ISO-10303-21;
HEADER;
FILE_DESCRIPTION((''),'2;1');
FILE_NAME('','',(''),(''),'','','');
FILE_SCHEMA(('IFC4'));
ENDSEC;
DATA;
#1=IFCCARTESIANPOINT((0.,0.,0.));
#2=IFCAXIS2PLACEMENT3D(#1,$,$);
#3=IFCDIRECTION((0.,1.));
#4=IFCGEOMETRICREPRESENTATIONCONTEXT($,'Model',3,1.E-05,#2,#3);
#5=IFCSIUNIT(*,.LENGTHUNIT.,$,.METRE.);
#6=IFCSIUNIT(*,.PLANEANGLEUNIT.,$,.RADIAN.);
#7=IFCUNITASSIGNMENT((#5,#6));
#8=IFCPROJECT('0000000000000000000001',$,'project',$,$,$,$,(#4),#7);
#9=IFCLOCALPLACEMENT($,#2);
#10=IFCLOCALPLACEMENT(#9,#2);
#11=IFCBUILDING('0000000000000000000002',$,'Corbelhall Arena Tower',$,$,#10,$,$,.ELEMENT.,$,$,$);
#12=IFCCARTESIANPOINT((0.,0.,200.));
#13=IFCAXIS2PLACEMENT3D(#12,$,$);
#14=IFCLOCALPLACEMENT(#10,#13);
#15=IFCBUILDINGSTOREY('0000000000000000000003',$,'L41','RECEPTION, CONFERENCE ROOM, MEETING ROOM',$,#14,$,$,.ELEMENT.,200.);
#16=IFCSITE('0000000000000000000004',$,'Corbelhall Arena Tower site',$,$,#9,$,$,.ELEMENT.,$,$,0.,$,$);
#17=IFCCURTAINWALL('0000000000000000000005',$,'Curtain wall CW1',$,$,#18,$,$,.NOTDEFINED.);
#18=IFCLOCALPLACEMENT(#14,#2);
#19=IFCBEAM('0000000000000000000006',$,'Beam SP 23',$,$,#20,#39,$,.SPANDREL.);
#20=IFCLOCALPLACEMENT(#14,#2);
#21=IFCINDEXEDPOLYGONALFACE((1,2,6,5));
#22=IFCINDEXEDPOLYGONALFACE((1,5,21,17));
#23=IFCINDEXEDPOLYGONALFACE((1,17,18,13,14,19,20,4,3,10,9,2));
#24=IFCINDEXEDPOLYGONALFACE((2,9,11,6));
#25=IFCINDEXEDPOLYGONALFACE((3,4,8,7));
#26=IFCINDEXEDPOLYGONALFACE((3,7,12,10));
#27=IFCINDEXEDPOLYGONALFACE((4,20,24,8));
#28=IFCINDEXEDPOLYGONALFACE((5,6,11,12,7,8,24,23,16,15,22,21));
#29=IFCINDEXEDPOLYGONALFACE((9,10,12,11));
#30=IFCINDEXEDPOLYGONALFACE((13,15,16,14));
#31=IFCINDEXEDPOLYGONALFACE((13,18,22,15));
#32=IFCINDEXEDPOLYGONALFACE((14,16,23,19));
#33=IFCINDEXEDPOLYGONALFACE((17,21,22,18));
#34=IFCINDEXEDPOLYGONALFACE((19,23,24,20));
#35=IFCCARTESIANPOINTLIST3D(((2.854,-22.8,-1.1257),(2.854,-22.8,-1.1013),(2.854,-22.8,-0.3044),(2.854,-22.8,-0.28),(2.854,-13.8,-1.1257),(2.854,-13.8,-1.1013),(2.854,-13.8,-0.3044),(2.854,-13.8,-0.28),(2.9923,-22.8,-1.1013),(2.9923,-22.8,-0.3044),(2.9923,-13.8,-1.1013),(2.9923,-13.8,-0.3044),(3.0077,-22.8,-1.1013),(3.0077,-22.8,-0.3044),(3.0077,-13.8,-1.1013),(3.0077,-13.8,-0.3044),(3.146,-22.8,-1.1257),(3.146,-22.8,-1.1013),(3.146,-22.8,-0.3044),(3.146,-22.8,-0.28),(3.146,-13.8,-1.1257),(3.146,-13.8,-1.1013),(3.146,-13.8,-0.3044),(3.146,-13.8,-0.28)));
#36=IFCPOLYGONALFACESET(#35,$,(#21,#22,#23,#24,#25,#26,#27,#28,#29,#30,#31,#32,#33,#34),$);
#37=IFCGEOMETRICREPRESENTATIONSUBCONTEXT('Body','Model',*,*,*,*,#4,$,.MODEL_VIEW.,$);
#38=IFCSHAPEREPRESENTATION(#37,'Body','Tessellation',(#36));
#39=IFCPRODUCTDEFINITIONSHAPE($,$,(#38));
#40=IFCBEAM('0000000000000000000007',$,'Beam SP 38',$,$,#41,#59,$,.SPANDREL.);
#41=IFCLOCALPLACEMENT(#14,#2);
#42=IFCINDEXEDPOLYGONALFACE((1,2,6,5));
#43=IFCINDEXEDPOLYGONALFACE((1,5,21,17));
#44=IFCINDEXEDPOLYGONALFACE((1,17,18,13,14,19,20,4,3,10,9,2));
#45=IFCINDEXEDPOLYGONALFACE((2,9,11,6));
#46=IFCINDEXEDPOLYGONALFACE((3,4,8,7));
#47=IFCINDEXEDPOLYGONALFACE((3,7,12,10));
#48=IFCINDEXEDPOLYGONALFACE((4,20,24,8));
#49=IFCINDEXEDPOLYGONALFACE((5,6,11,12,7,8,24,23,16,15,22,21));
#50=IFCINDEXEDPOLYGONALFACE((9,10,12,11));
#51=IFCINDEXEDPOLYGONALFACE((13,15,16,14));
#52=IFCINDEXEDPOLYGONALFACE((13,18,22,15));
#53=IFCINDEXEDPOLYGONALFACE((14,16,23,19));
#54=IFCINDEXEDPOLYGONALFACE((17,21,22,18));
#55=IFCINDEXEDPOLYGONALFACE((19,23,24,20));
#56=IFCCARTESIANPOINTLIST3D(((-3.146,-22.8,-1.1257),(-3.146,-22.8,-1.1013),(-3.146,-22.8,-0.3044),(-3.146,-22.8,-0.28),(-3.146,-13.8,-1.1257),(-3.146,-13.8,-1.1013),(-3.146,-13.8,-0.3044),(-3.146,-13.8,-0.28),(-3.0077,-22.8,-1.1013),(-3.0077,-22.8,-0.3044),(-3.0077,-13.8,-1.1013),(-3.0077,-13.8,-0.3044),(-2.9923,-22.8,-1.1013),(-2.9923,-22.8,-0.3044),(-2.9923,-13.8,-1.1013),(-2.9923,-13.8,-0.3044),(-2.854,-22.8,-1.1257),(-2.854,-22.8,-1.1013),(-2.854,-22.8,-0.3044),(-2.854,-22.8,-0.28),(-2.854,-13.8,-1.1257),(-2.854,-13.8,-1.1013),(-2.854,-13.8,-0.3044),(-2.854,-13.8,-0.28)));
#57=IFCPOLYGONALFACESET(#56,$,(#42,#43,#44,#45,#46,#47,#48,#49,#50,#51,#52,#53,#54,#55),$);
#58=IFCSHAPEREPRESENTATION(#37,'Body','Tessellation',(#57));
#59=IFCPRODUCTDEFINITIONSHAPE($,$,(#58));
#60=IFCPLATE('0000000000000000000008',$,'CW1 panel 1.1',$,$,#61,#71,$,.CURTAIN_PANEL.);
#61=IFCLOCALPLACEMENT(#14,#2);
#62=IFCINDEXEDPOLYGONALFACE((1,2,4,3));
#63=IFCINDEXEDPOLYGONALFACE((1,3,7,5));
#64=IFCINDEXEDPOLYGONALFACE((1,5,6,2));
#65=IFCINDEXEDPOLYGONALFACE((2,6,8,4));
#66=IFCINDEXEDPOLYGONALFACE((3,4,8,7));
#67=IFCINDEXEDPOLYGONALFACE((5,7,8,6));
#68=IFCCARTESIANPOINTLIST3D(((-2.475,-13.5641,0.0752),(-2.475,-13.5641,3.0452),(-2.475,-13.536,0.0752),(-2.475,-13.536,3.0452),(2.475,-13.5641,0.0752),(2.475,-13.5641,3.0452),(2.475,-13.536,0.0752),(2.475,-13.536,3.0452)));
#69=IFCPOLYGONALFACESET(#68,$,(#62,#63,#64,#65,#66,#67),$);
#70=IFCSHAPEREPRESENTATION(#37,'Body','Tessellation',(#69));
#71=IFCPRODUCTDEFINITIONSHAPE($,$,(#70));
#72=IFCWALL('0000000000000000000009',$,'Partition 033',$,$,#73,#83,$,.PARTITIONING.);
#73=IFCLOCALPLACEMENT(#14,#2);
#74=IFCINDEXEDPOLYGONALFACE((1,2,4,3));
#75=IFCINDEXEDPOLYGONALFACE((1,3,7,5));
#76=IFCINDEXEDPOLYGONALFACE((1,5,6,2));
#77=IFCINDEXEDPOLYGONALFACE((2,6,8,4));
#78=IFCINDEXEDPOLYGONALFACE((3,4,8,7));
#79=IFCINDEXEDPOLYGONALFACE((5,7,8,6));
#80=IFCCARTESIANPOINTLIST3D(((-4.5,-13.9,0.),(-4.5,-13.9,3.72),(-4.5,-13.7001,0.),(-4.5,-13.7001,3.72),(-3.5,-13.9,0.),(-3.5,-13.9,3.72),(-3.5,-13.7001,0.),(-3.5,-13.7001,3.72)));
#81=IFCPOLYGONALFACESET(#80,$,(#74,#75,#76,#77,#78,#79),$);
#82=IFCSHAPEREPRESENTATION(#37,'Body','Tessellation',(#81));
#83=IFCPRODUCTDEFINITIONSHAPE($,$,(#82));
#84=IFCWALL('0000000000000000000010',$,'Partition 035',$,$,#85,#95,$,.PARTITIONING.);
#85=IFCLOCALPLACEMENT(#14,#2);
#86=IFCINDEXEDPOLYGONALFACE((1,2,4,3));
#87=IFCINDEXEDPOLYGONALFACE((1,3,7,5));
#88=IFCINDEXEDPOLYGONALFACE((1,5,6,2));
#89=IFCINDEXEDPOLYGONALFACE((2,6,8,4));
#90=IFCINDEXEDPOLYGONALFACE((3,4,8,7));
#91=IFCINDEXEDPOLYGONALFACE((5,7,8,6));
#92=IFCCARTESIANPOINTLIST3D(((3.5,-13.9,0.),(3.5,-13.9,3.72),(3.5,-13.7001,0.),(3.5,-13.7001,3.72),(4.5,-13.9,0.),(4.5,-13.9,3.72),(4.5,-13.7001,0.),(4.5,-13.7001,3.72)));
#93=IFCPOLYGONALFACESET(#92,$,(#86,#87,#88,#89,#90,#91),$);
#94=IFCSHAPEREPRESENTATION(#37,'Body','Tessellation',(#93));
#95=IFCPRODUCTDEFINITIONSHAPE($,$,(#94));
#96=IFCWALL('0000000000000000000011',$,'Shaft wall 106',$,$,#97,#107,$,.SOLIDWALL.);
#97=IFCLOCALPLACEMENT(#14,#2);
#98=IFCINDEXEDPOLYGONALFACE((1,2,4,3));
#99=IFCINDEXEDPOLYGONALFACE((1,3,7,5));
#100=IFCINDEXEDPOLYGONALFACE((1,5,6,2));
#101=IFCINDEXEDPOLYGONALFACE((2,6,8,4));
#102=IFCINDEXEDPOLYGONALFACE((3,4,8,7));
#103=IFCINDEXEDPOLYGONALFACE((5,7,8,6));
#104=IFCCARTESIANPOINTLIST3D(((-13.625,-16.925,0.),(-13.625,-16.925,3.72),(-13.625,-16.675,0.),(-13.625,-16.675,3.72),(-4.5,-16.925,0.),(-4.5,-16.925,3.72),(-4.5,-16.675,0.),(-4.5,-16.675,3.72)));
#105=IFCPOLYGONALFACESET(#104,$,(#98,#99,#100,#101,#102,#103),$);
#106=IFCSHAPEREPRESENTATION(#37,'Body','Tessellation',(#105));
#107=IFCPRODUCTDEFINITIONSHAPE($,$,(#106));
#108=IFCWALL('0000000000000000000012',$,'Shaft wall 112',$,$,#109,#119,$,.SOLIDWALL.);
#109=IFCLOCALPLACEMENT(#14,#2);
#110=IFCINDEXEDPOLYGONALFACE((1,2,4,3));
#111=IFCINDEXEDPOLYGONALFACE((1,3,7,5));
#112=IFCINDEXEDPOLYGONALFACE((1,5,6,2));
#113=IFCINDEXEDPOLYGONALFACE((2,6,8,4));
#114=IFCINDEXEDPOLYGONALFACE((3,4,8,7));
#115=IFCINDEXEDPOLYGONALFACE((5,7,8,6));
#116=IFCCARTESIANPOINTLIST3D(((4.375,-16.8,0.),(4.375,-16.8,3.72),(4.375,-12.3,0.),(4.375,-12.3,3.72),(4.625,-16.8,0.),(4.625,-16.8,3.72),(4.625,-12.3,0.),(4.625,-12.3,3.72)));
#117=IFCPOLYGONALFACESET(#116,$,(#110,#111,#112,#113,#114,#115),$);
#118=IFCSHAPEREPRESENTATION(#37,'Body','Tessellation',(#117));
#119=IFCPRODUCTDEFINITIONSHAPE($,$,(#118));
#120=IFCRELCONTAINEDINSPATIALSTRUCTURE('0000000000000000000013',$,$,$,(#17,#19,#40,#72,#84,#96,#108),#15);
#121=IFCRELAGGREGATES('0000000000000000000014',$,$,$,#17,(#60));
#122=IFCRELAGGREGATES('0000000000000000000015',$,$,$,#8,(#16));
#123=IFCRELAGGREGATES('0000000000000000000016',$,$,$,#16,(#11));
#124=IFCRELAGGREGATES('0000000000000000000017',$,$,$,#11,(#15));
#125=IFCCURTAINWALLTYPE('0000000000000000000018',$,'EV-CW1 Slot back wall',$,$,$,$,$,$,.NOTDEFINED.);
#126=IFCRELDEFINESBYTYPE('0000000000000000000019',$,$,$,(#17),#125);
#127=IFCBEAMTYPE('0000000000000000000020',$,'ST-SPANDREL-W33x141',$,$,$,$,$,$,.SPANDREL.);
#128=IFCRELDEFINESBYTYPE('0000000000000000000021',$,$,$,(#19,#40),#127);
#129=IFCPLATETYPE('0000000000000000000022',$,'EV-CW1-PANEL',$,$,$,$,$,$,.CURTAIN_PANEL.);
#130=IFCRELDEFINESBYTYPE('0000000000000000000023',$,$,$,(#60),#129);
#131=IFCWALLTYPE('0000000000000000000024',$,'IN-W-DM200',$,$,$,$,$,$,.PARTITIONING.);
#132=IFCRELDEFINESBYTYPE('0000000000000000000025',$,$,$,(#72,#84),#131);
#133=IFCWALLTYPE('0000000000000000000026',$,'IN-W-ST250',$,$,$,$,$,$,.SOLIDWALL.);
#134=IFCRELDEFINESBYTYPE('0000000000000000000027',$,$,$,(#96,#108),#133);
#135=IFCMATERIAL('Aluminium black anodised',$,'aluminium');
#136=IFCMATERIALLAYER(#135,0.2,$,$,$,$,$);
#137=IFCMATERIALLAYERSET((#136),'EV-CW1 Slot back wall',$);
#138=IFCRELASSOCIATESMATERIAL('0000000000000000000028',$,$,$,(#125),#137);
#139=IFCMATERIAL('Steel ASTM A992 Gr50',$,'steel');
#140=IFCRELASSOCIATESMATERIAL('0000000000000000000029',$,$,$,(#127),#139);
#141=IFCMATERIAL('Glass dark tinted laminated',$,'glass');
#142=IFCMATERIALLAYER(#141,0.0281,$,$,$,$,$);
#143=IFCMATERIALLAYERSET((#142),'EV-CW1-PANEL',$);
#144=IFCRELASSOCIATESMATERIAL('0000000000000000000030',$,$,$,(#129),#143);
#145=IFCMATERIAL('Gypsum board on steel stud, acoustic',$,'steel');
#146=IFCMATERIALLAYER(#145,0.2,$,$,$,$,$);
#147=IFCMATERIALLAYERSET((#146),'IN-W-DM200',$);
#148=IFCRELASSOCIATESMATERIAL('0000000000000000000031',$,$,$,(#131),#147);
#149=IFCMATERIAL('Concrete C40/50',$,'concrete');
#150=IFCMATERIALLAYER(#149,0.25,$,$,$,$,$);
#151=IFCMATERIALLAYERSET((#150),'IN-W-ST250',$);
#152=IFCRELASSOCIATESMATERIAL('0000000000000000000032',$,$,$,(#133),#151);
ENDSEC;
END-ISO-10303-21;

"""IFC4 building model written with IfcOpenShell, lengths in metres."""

from ifc_helpers import new_model, si_unit, direction, frame, frame_2d, origin, origin_2d, place, context, subcontext, project, spatial, rectangle, i_section, extrude, material, layer, layer_set, material_profile, profile_set, type_object, element, aggregate, save


model = new_model("IFC4")

# Units and contexts
model_context = context("Model", 3, precision=1e-05, world=origin(), true_north=direction((0.0, 1.0)))
body_context = subcontext(model_context, "Body", "Model", "MODEL_VIEW")
ifc_project = project(units=[si_unit("LENGTHUNIT", "METRE"), si_unit("PLANEANGLEUNIT", "RADIAN")], contexts=[model_context])

# Site, building, storey
site_placement = place(None, origin())
site = spatial("IfcSite", under=ifc_project, at=site_placement, Name="Corbelhall Arena Tower site", CompositionType="ELEMENT", RefElevation=0.0)
building_placement = place(site_placement, origin())
building = spatial("IfcBuilding", under=site, at=building_placement, Name="Corbelhall Arena Tower", CompositionType="ELEMENT")
storey_placement = place(building_placement, frame((0.0, 0.0, 200.0)))
storey = spatial("IfcBuildingStorey", under=building, at=storey_placement, Name="L41", Description="RECEPTION, CONFERENCE ROOM, MEETING ROOM", CompositionType="ELEMENT", Elevation=200.0)

# Curtain wall
ifc_material_1 = material(Name="Aluminium black anodised", Category="aluminium")
ifc_layer_1 = layer(ifc_material_1, 0.2)
ifc_layer_set_1 = layer_set([ifc_layer_1], Name="EV-CW1 Slot back wall")
curtain_wall_type = type_object("IfcCurtainWallType", Name="EV-CW1 Slot back wall", PredefinedType="NOTDEFINED", material=ifc_layer_set_1)
curtain_wall_placement = place(storey_placement, origin())
curtain_wall = element("IfcCurtainWall", 1, at=curtain_wall_placement, inside=storey, type_object=curtain_wall_type, Name="Curtain wall CW1", PredefinedType="NOTDEFINED")

# Beams
ifc_material_2 = material(Name="Steel ASTM A992 Gr50", Category="steel")
ifc_material_profile_1 = material_profile(ifc_material_2, i_section(OverallWidth=0.292, OverallDepth=0.8457, WebThickness=0.0154, FlangeThickness=0.0244, at=origin_2d()))
ifc_profile_set_1 = profile_set([ifc_material_profile_1], Name="Steel ASTM A992 Gr50")
beam_type_1 = type_object("IfcBeamType", Name="ST-SPANDREL-W33x141", PredefinedType="SPANDREL", material=ifc_profile_set_1)
for number, where, z_axis, x_axis, name in (
    (2, (3.0, -22.8, -0.7029), (0.0, 1.0, 0.0), (-1.0, 0.0, 0.0), "Beam SP 23"),
    (3, (-3.0, -13.8, -0.7029), (0.0, -1.0, 0.0), (1.0, 0.0, 0.0), "Beam SP 38"),
):
    element("IfcBeam", number, at=place(storey_placement, frame(where, z_axis=z_axis, x_axis=x_axis)), inside=storey, type_object=beam_type_1, Name=name, PredefinedType="SPANDREL", context=body_context, shape_type="SweptSolid", body=[
        extrude(i_section(OverallWidth=0.292, OverallDepth=0.8457, WebThickness=0.0154, FlangeThickness=0.0244, at=origin_2d()), origin(), (0.0, 0.0, 1.0), 9.0),
    ])

# Plate
ifc_material_3 = material(Name="Glass dark tinted laminated", Category="glass")
ifc_layer_2 = layer(ifc_material_3, 0.0281)
ifc_layer_set_2 = layer_set([ifc_layer_2], Name="EV-CW1-PANEL")
plate_type = type_object("IfcPlateType", Name="EV-CW1-PANEL", PredefinedType="CURTAIN_PANEL", material=ifc_layer_set_2)
plate_placement = place(storey_placement, frame((0.0, -13.55, 0.0752), z_axis=(0.0, 0.0, 1.0), x_axis=(1.0, 0.0, 0.0)))
plate = element("IfcPlate", 4, at=plate_placement, type_object=plate_type, Name="CW1 panel 1.1", PredefinedType="CURTAIN_PANEL", context=body_context, shape_type="SweptSolid", body=[
    extrude(rectangle(XDim=4.95, YDim=0.0281, at=origin_2d()), origin(), (0.0, 0.0, 1.0), 2.97),
])
aggregate(curtain_wall, [plate])

# Walls
ifc_material_4 = material(Name="Gypsum board on steel stud, acoustic", Category="steel")
ifc_layer_3 = layer(ifc_material_4, 0.2)
ifc_layer_set_3 = layer_set([ifc_layer_3], Name="IN-W-DM200")
wall_type_1 = type_object("IfcWallType", Name="IN-W-DM200", PredefinedType="PARTITIONING", material=ifc_layer_set_3)
for number, where, z_axis, x_axis, name in (
    (5, (-3.5, -13.8, 0.0), (0.0, 0.0, 1.0), (-1.0, 0.0, 0.0), "Partition 033"),
    (6, (4.5, -13.8, 0.0), (0.0, 0.0, 1.0), (-1.0, 0.0, 0.0), "Partition 035"),
):
    element("IfcWall", number, at=place(storey_placement, frame(where, z_axis=z_axis, x_axis=x_axis)), inside=storey, type_object=wall_type_1, Name=name, PredefinedType="PARTITIONING", context=body_context, shape_type="SweptSolid", body=[
        extrude(rectangle(XDim=1.0, YDim=0.2, at=frame_2d((0.5, 0.0))), origin(), (0.0, 0.0, 1.0), 3.72),
    ])
ifc_material_5 = material(Name="Concrete C40/50", Category="concrete")
ifc_layer_4 = layer(ifc_material_5, 0.25)
ifc_layer_set_4 = layer_set([ifc_layer_4], Name="IN-W-ST250")
wall_type_2 = type_object("IfcWallType", Name="IN-W-ST250", PredefinedType="SOLIDWALL", material=ifc_layer_set_4)
wall_1_placement = place(storey_placement, frame((-4.5, -16.8, 0.0), z_axis=(0.0, 0.0, 1.0), x_axis=(-1.0, 0.0, 0.0)))
element("IfcWall", 7, at=wall_1_placement, inside=storey, type_object=wall_type_2, Name="Shaft wall 106", PredefinedType="SOLIDWALL", context=body_context, shape_type="SweptSolid", body=[
    extrude(rectangle(XDim=9.125, YDim=0.25, at=frame_2d((4.5625, 0.0))), origin(), (0.0, 0.0, 1.0), 3.72),
])
wall_2_placement = place(storey_placement, frame((4.5, -16.8, 0.0), z_axis=(0.0, 0.0, 1.0), x_axis=(0.0, 1.0, 0.0)))
element("IfcWall", 8, at=wall_2_placement, inside=storey, type_object=wall_type_2, Name="Shaft wall 112", PredefinedType="SOLIDWALL", context=body_context, shape_type="SweptSolid", body=[
    extrude(rectangle(XDim=4.5, YDim=0.25, at=frame_2d((2.25, 0.0))), origin(), (0.0, 0.0, 1.0), 3.72),
])

save(model, "model.ifc")
